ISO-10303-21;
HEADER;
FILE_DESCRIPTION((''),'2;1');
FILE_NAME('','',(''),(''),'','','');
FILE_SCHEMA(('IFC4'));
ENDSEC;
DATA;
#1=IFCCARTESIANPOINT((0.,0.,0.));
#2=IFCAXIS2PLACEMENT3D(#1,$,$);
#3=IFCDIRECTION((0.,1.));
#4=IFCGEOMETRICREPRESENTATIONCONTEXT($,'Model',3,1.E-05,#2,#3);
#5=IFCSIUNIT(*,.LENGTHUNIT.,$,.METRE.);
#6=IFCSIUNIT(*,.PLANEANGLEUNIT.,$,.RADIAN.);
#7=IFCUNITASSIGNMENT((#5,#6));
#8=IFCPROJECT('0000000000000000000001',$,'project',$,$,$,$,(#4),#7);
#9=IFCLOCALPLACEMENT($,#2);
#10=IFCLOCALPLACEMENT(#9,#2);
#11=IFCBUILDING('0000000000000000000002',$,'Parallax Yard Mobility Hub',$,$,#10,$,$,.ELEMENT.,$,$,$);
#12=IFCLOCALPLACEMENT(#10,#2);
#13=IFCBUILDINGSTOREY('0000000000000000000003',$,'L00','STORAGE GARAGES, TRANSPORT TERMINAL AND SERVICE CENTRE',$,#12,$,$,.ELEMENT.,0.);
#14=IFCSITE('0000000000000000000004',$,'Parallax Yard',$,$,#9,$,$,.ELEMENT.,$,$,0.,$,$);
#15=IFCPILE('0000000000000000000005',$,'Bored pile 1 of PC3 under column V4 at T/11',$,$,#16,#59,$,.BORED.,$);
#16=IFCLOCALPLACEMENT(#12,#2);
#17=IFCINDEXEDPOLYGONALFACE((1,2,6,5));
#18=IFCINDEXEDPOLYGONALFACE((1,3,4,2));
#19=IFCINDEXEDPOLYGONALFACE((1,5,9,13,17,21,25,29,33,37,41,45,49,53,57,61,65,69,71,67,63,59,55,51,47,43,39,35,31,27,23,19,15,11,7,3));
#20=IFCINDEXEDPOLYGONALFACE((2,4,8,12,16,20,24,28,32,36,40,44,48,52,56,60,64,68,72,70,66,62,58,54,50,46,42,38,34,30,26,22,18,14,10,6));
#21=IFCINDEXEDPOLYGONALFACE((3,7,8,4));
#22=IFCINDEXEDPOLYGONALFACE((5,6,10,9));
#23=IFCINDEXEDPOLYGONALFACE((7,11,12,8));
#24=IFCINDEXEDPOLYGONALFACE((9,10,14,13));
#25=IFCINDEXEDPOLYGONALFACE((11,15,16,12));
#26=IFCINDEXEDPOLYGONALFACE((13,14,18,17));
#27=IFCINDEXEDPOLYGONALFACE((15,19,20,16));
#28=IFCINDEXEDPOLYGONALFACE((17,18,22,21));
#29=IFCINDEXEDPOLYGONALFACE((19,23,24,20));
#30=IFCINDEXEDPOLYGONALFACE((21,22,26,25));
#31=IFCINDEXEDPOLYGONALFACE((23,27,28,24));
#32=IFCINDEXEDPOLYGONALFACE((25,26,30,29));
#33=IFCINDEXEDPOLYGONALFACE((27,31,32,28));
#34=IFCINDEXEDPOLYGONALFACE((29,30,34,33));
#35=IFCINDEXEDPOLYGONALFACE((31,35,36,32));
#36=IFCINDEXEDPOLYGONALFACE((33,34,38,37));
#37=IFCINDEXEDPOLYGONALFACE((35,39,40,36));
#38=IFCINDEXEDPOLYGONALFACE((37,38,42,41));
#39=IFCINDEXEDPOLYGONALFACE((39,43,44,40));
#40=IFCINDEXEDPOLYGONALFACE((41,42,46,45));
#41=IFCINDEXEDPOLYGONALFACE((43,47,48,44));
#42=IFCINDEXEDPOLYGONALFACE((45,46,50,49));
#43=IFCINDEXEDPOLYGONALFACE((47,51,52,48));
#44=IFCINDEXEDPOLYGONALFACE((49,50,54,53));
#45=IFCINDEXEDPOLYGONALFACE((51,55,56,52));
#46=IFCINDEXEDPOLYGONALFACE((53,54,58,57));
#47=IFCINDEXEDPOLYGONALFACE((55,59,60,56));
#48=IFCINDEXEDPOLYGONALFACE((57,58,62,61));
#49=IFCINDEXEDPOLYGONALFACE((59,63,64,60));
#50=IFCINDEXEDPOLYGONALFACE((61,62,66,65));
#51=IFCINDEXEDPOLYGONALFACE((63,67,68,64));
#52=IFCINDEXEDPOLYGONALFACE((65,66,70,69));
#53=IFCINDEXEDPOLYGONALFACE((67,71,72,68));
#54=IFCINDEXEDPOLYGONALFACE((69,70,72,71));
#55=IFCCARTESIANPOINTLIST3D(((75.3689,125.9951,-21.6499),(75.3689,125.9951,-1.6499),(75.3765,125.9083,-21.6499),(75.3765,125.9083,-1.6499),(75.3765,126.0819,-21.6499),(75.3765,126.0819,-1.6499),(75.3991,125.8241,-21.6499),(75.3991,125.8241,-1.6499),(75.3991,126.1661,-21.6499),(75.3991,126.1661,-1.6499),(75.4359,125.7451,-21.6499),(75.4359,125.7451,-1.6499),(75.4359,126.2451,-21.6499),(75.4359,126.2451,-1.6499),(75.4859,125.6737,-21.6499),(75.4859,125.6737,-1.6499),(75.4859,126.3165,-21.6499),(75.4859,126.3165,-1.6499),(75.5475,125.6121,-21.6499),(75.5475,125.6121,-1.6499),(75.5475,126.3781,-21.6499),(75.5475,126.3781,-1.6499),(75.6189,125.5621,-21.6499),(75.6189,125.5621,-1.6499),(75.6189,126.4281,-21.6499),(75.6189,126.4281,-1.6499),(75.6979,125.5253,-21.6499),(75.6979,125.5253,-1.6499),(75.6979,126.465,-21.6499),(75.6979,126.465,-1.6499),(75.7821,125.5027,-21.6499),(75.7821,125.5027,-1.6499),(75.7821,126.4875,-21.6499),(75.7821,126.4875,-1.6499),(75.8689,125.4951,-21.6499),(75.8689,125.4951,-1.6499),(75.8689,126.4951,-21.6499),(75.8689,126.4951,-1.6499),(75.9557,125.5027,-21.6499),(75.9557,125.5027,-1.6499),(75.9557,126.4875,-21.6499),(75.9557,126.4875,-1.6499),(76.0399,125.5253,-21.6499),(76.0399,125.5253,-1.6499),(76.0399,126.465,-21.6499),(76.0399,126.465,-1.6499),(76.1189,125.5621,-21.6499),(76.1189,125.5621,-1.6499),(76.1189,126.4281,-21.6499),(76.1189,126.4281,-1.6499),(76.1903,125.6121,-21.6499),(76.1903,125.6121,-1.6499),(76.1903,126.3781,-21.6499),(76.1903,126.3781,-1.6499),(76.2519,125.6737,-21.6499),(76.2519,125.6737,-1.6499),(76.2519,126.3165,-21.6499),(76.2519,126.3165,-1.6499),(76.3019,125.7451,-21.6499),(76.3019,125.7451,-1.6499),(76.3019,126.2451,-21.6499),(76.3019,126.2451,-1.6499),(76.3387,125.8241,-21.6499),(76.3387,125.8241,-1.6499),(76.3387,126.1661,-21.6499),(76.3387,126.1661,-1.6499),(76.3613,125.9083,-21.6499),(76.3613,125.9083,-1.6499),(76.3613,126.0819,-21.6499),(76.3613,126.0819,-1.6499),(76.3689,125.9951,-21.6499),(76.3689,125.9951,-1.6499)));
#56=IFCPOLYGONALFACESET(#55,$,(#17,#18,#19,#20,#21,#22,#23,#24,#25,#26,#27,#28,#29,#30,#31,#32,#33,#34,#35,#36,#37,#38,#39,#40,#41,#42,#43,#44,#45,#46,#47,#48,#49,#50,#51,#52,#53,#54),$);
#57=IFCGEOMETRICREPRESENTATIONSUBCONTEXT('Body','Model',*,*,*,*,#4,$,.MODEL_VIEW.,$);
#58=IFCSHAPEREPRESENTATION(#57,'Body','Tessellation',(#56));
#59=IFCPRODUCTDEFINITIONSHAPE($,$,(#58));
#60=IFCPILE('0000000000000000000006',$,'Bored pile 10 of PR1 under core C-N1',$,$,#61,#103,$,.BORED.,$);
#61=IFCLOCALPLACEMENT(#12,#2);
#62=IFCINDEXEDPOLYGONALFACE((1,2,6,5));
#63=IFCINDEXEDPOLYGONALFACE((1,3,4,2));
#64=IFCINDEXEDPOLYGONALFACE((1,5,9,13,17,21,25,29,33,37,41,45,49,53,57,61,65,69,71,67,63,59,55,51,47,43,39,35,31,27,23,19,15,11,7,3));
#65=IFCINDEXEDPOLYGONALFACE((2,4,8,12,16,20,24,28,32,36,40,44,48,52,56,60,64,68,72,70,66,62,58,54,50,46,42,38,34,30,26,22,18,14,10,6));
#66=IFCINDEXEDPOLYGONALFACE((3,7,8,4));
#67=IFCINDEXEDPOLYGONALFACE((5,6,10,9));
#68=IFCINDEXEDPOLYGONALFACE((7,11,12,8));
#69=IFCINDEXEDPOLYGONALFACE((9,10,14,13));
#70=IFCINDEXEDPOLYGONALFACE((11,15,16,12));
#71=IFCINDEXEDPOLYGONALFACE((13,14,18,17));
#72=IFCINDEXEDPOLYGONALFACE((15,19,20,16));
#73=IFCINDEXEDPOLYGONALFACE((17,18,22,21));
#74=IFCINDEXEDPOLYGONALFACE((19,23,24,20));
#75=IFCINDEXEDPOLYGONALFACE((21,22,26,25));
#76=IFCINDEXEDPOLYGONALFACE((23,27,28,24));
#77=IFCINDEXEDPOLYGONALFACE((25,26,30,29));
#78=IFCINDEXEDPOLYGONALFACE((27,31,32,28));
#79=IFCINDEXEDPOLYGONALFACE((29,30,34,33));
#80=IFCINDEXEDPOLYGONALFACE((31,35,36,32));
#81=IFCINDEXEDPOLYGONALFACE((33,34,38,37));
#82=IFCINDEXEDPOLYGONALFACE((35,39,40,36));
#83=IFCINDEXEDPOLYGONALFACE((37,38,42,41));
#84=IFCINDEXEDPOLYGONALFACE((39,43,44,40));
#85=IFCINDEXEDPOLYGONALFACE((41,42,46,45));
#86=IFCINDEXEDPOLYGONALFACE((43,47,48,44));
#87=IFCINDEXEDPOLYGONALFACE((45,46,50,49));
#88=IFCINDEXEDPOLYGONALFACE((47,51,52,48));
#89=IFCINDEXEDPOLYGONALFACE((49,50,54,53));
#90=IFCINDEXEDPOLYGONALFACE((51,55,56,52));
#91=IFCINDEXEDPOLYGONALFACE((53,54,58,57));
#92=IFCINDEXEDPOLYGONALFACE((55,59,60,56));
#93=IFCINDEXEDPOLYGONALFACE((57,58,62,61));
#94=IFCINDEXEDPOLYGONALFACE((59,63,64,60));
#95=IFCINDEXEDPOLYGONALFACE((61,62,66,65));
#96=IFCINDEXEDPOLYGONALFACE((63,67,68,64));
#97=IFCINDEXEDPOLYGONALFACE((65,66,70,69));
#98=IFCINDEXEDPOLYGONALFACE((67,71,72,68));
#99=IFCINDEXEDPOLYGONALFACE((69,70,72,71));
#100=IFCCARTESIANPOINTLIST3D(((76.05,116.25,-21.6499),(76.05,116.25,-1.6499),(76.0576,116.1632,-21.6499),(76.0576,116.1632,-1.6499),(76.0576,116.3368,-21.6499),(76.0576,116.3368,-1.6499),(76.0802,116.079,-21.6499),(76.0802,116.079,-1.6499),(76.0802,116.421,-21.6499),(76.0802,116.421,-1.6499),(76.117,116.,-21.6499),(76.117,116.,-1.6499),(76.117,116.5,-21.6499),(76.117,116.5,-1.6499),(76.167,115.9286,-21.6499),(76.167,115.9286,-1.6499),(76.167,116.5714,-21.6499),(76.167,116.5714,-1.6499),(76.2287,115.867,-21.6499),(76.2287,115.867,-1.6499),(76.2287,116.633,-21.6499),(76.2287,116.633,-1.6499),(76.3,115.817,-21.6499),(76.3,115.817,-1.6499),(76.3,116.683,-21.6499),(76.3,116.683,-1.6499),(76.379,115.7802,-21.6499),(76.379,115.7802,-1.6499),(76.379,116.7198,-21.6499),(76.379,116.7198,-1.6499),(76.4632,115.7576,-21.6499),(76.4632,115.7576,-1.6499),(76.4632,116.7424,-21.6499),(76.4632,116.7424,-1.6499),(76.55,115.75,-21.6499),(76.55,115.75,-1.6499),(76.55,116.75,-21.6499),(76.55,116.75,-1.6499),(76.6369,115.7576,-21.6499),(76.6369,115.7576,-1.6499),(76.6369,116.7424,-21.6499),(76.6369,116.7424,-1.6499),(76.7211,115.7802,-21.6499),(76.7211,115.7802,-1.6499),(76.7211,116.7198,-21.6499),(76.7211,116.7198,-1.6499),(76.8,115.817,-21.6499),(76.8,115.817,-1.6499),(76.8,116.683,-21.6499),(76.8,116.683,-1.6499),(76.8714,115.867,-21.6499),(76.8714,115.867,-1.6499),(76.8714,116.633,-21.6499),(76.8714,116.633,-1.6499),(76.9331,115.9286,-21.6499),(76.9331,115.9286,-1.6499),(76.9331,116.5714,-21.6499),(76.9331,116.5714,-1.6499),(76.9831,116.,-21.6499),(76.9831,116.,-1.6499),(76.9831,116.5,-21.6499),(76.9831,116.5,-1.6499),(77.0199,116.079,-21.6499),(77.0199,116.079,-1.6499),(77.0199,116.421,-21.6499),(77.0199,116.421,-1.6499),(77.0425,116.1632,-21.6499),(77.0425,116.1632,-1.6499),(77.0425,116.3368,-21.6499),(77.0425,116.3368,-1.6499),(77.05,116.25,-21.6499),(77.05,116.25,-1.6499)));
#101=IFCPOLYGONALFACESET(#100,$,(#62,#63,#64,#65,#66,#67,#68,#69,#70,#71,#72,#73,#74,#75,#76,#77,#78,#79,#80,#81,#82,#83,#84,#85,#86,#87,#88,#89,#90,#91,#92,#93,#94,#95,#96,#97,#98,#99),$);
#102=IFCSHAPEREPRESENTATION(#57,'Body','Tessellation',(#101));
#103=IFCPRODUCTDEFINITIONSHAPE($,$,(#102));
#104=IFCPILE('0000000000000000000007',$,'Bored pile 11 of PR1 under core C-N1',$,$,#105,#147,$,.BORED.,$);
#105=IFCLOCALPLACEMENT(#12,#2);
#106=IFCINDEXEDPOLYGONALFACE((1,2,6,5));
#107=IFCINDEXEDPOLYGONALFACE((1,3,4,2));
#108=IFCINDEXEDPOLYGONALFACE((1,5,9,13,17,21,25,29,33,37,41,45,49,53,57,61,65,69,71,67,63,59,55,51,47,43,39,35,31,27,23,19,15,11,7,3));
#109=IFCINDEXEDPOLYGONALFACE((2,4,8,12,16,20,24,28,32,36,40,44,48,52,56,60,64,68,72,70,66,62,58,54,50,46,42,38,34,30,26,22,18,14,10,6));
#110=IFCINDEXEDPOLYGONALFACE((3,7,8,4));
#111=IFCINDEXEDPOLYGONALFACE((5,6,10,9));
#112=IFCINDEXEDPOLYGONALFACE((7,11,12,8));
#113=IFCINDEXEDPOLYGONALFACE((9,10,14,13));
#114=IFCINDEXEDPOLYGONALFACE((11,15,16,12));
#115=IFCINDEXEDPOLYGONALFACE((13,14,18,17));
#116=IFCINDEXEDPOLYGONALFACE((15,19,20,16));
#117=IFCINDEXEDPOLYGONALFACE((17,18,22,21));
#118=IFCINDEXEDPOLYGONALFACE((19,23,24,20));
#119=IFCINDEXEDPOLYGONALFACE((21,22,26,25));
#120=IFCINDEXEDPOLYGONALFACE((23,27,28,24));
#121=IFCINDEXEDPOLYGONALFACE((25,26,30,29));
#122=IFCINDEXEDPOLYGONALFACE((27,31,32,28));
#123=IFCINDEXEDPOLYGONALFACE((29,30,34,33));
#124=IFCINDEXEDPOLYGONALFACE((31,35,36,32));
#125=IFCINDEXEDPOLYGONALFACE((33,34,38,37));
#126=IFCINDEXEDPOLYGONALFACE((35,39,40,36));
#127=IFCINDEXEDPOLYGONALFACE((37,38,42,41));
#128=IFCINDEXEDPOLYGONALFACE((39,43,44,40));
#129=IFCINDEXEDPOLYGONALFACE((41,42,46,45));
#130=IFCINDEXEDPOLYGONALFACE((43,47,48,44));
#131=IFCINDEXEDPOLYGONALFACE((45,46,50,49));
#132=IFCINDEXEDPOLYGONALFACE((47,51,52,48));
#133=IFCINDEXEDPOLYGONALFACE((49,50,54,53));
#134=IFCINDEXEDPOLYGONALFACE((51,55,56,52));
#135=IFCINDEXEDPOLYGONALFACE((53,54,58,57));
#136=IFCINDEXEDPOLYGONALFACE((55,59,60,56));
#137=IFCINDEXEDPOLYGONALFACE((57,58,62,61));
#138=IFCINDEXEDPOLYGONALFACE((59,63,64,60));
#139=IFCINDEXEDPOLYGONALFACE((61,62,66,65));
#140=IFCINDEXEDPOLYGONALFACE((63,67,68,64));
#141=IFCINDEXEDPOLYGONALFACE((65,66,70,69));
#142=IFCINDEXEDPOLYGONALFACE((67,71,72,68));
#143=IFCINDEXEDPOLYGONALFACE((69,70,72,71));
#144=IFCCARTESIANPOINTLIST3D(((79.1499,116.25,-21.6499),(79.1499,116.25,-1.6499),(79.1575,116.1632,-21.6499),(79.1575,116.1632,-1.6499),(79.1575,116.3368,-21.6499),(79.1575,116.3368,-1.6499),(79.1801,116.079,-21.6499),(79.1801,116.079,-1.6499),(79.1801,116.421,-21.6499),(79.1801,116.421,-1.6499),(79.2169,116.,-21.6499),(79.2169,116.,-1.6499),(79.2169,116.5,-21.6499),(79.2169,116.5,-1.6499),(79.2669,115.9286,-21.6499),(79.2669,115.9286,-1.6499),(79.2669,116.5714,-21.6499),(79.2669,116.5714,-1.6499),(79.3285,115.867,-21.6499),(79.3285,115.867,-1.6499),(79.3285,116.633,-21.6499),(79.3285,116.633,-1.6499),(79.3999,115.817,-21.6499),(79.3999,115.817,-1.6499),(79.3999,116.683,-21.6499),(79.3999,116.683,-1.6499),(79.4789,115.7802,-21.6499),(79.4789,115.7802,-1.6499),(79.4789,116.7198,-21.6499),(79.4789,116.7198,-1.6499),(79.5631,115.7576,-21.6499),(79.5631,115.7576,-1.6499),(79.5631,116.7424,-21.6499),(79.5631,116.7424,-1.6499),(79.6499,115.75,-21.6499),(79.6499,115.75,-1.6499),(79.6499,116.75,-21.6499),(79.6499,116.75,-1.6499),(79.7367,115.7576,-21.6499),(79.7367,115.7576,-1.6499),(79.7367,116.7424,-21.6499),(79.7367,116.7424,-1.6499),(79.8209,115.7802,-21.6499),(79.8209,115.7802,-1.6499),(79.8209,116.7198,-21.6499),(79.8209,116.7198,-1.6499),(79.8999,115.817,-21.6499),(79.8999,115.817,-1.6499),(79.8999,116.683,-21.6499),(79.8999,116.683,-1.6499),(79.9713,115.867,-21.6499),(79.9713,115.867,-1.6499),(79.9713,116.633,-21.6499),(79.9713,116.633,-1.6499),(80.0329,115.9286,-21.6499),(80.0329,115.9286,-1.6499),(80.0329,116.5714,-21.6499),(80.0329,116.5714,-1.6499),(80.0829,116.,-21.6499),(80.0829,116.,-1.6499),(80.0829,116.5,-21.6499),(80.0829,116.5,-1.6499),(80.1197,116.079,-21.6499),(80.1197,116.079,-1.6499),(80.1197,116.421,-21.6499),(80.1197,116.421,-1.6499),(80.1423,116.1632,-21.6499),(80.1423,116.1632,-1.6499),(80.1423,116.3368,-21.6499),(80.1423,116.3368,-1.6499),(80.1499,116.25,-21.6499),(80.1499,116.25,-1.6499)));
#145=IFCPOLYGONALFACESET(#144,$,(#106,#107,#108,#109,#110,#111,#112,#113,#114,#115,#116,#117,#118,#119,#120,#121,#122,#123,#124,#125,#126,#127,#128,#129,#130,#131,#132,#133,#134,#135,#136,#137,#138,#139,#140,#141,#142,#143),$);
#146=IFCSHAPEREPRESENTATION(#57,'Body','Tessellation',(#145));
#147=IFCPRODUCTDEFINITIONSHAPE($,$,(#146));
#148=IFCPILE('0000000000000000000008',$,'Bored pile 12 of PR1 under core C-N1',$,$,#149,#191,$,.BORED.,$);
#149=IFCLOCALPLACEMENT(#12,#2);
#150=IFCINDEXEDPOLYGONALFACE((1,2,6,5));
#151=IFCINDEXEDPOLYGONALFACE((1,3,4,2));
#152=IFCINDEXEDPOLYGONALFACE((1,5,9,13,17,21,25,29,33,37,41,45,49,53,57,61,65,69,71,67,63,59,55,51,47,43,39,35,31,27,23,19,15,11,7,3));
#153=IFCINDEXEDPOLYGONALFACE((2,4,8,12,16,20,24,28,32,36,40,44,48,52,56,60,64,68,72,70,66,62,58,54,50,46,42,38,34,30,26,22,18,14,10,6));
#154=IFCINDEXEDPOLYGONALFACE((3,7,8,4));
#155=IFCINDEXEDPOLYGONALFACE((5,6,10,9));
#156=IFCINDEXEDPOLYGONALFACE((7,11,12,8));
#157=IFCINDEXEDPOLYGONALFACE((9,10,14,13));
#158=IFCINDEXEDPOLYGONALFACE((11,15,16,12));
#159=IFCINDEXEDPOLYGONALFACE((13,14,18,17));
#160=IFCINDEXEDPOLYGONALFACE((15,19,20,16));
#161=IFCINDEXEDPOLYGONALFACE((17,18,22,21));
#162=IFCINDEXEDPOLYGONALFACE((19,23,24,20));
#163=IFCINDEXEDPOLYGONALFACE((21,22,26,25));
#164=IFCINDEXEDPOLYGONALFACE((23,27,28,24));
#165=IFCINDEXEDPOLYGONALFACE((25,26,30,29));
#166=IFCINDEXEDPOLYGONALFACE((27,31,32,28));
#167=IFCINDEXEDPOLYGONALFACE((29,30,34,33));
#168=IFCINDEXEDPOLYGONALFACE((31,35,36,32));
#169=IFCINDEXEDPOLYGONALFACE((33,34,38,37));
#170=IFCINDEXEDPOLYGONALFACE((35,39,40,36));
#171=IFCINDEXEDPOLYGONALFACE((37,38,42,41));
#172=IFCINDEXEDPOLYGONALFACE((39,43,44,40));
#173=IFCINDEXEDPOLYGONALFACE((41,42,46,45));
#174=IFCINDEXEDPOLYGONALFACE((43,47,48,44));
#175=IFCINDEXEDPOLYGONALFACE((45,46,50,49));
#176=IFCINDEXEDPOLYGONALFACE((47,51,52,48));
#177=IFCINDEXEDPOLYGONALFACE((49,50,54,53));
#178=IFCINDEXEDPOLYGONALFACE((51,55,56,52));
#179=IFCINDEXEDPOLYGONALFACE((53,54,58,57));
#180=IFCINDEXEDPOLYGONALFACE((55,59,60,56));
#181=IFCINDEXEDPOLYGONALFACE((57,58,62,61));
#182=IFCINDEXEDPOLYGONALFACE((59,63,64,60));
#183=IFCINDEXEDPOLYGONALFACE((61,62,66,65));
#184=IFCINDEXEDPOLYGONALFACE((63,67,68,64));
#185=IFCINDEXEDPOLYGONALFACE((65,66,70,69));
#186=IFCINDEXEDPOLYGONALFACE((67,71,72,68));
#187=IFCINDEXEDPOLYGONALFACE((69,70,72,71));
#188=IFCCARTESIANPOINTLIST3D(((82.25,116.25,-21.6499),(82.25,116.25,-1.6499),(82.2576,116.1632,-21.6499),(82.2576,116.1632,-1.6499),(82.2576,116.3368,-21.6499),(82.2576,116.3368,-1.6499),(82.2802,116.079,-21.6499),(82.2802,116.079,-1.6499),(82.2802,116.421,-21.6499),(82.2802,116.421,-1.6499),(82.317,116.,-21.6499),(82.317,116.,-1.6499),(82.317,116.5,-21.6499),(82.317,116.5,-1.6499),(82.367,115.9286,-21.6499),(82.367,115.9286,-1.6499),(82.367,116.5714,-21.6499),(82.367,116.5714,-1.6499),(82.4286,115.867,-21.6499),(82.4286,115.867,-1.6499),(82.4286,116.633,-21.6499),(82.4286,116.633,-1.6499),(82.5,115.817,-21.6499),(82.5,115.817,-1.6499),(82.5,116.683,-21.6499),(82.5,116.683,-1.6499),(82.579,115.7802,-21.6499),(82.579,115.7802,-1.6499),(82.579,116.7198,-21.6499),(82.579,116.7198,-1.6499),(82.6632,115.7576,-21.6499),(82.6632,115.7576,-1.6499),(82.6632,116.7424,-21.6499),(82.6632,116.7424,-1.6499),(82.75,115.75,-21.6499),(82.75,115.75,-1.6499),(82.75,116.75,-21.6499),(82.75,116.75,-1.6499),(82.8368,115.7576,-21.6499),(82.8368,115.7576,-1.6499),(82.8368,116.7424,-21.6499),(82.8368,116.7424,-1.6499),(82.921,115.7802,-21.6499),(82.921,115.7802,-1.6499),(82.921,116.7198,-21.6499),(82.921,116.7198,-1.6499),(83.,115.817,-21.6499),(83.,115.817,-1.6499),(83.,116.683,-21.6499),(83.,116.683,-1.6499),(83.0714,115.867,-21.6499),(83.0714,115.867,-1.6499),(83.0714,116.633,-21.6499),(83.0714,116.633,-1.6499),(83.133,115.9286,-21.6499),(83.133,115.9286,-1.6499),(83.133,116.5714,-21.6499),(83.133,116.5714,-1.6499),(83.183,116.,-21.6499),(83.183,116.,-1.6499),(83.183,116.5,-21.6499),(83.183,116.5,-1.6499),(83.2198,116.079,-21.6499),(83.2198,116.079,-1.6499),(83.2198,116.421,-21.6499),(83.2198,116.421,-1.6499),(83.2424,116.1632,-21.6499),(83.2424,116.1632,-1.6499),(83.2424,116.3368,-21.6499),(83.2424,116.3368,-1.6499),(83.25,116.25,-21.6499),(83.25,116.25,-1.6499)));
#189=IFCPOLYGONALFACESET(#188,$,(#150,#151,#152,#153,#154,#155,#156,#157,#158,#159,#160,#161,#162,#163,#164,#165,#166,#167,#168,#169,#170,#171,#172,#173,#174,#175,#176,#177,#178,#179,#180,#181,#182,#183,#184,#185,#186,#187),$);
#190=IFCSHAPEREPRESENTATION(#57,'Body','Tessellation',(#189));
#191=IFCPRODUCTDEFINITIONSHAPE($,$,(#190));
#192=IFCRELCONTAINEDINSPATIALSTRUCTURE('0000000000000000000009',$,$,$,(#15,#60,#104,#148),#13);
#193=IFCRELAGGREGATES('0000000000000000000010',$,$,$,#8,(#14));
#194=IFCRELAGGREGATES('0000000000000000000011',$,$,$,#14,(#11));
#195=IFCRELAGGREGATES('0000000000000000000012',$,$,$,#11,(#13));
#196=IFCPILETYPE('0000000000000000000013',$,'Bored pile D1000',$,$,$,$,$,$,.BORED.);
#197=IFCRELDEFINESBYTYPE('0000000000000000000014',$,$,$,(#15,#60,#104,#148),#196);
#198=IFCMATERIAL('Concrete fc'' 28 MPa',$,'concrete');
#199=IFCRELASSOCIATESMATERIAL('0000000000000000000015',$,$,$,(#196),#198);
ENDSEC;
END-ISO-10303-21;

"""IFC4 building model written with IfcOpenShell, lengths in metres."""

from ifc_helpers import new_model, si_unit, direction, frame, origin, origin_2d, place, context, subcontext, project, spatial, circle, extrude, material, material_profile, profile_set, type_object, element, save


model = new_model("IFC4")

# Units and contexts
model_context = context("Model", 3, precision=1e-05, world=origin(), true_north=direction((0.0, 1.0)))
body_context = subcontext(model_context, "Body", "Model", "MODEL_VIEW")
ifc_project = project(units=[si_unit("LENGTHUNIT", "METRE"), si_unit("PLANEANGLEUNIT", "RADIAN")], contexts=[model_context])

# Site, building, storey
site_placement = place(None, origin())
site = spatial("IfcSite", under=ifc_project, at=site_placement, Name="Parallax Yard", CompositionType="ELEMENT", RefElevation=0.0)
building_placement = place(site_placement, origin())
building = spatial("IfcBuilding", under=site, at=building_placement, Name="Parallax Yard Mobility Hub", CompositionType="ELEMENT")
storey_placement = place(building_placement, origin())
storey = spatial("IfcBuildingStorey", under=building, at=storey_placement, Name="L00", Description="STORAGE GARAGES, TRANSPORT TERMINAL AND SERVICE CENTRE", CompositionType="ELEMENT", Elevation=0.0)

# Piles
ifc_material_1 = material(Name="Concrete fc' 28 MPa", Category="concrete")
ifc_material_profile_1 = material_profile(ifc_material_1, circle(Radius=0.5, at=origin_2d()), Name="Bored pile D1000")
ifc_profile_set_1 = profile_set([ifc_material_profile_1], Name="Concrete fc' 28 MPa")
pile_type = type_object("IfcPileType", Name="Bored pile D1000", PredefinedType="BORED", material=ifc_profile_set_1)
for number, where, z_axis, x_axis, name in (
    (1, (75.8689, 125.9951, -1.6499), (0.0, 0.0, -1.0), (1.0, 0.0, 0.0), "Bored pile 1 of PC3 under column V4 at T/11"),
    (2, (76.55, 116.25, -1.6499), (0.0, 0.0, -1.0), (1.0, 0.0, 0.0), "Bored pile 10 of PR1 under core C-N1"),
    (3, (79.6499, 116.25, -1.6499), (0.0, 0.0, -1.0), (1.0, 0.0, 0.0), "Bored pile 11 of PR1 under core C-N1"),
    (4, (82.75, 116.25, -1.6499), (0.0, 0.0, -1.0), (1.0, 0.0, 0.0), "Bored pile 12 of PR1 under core C-N1"),
):
    element("IfcPile", number, at=place(storey_placement, frame(where, z_axis=z_axis, x_axis=x_axis)), inside=storey, type_object=pile_type, Name=name, PredefinedType="BORED", context=body_context, shape_type="SweptSolid", body=[
        extrude(circle(Radius=0.5, at=origin_2d()), origin(), (0.0, 0.0, 1.0), 20.0),
    ])

save(model, "model.ifc")
